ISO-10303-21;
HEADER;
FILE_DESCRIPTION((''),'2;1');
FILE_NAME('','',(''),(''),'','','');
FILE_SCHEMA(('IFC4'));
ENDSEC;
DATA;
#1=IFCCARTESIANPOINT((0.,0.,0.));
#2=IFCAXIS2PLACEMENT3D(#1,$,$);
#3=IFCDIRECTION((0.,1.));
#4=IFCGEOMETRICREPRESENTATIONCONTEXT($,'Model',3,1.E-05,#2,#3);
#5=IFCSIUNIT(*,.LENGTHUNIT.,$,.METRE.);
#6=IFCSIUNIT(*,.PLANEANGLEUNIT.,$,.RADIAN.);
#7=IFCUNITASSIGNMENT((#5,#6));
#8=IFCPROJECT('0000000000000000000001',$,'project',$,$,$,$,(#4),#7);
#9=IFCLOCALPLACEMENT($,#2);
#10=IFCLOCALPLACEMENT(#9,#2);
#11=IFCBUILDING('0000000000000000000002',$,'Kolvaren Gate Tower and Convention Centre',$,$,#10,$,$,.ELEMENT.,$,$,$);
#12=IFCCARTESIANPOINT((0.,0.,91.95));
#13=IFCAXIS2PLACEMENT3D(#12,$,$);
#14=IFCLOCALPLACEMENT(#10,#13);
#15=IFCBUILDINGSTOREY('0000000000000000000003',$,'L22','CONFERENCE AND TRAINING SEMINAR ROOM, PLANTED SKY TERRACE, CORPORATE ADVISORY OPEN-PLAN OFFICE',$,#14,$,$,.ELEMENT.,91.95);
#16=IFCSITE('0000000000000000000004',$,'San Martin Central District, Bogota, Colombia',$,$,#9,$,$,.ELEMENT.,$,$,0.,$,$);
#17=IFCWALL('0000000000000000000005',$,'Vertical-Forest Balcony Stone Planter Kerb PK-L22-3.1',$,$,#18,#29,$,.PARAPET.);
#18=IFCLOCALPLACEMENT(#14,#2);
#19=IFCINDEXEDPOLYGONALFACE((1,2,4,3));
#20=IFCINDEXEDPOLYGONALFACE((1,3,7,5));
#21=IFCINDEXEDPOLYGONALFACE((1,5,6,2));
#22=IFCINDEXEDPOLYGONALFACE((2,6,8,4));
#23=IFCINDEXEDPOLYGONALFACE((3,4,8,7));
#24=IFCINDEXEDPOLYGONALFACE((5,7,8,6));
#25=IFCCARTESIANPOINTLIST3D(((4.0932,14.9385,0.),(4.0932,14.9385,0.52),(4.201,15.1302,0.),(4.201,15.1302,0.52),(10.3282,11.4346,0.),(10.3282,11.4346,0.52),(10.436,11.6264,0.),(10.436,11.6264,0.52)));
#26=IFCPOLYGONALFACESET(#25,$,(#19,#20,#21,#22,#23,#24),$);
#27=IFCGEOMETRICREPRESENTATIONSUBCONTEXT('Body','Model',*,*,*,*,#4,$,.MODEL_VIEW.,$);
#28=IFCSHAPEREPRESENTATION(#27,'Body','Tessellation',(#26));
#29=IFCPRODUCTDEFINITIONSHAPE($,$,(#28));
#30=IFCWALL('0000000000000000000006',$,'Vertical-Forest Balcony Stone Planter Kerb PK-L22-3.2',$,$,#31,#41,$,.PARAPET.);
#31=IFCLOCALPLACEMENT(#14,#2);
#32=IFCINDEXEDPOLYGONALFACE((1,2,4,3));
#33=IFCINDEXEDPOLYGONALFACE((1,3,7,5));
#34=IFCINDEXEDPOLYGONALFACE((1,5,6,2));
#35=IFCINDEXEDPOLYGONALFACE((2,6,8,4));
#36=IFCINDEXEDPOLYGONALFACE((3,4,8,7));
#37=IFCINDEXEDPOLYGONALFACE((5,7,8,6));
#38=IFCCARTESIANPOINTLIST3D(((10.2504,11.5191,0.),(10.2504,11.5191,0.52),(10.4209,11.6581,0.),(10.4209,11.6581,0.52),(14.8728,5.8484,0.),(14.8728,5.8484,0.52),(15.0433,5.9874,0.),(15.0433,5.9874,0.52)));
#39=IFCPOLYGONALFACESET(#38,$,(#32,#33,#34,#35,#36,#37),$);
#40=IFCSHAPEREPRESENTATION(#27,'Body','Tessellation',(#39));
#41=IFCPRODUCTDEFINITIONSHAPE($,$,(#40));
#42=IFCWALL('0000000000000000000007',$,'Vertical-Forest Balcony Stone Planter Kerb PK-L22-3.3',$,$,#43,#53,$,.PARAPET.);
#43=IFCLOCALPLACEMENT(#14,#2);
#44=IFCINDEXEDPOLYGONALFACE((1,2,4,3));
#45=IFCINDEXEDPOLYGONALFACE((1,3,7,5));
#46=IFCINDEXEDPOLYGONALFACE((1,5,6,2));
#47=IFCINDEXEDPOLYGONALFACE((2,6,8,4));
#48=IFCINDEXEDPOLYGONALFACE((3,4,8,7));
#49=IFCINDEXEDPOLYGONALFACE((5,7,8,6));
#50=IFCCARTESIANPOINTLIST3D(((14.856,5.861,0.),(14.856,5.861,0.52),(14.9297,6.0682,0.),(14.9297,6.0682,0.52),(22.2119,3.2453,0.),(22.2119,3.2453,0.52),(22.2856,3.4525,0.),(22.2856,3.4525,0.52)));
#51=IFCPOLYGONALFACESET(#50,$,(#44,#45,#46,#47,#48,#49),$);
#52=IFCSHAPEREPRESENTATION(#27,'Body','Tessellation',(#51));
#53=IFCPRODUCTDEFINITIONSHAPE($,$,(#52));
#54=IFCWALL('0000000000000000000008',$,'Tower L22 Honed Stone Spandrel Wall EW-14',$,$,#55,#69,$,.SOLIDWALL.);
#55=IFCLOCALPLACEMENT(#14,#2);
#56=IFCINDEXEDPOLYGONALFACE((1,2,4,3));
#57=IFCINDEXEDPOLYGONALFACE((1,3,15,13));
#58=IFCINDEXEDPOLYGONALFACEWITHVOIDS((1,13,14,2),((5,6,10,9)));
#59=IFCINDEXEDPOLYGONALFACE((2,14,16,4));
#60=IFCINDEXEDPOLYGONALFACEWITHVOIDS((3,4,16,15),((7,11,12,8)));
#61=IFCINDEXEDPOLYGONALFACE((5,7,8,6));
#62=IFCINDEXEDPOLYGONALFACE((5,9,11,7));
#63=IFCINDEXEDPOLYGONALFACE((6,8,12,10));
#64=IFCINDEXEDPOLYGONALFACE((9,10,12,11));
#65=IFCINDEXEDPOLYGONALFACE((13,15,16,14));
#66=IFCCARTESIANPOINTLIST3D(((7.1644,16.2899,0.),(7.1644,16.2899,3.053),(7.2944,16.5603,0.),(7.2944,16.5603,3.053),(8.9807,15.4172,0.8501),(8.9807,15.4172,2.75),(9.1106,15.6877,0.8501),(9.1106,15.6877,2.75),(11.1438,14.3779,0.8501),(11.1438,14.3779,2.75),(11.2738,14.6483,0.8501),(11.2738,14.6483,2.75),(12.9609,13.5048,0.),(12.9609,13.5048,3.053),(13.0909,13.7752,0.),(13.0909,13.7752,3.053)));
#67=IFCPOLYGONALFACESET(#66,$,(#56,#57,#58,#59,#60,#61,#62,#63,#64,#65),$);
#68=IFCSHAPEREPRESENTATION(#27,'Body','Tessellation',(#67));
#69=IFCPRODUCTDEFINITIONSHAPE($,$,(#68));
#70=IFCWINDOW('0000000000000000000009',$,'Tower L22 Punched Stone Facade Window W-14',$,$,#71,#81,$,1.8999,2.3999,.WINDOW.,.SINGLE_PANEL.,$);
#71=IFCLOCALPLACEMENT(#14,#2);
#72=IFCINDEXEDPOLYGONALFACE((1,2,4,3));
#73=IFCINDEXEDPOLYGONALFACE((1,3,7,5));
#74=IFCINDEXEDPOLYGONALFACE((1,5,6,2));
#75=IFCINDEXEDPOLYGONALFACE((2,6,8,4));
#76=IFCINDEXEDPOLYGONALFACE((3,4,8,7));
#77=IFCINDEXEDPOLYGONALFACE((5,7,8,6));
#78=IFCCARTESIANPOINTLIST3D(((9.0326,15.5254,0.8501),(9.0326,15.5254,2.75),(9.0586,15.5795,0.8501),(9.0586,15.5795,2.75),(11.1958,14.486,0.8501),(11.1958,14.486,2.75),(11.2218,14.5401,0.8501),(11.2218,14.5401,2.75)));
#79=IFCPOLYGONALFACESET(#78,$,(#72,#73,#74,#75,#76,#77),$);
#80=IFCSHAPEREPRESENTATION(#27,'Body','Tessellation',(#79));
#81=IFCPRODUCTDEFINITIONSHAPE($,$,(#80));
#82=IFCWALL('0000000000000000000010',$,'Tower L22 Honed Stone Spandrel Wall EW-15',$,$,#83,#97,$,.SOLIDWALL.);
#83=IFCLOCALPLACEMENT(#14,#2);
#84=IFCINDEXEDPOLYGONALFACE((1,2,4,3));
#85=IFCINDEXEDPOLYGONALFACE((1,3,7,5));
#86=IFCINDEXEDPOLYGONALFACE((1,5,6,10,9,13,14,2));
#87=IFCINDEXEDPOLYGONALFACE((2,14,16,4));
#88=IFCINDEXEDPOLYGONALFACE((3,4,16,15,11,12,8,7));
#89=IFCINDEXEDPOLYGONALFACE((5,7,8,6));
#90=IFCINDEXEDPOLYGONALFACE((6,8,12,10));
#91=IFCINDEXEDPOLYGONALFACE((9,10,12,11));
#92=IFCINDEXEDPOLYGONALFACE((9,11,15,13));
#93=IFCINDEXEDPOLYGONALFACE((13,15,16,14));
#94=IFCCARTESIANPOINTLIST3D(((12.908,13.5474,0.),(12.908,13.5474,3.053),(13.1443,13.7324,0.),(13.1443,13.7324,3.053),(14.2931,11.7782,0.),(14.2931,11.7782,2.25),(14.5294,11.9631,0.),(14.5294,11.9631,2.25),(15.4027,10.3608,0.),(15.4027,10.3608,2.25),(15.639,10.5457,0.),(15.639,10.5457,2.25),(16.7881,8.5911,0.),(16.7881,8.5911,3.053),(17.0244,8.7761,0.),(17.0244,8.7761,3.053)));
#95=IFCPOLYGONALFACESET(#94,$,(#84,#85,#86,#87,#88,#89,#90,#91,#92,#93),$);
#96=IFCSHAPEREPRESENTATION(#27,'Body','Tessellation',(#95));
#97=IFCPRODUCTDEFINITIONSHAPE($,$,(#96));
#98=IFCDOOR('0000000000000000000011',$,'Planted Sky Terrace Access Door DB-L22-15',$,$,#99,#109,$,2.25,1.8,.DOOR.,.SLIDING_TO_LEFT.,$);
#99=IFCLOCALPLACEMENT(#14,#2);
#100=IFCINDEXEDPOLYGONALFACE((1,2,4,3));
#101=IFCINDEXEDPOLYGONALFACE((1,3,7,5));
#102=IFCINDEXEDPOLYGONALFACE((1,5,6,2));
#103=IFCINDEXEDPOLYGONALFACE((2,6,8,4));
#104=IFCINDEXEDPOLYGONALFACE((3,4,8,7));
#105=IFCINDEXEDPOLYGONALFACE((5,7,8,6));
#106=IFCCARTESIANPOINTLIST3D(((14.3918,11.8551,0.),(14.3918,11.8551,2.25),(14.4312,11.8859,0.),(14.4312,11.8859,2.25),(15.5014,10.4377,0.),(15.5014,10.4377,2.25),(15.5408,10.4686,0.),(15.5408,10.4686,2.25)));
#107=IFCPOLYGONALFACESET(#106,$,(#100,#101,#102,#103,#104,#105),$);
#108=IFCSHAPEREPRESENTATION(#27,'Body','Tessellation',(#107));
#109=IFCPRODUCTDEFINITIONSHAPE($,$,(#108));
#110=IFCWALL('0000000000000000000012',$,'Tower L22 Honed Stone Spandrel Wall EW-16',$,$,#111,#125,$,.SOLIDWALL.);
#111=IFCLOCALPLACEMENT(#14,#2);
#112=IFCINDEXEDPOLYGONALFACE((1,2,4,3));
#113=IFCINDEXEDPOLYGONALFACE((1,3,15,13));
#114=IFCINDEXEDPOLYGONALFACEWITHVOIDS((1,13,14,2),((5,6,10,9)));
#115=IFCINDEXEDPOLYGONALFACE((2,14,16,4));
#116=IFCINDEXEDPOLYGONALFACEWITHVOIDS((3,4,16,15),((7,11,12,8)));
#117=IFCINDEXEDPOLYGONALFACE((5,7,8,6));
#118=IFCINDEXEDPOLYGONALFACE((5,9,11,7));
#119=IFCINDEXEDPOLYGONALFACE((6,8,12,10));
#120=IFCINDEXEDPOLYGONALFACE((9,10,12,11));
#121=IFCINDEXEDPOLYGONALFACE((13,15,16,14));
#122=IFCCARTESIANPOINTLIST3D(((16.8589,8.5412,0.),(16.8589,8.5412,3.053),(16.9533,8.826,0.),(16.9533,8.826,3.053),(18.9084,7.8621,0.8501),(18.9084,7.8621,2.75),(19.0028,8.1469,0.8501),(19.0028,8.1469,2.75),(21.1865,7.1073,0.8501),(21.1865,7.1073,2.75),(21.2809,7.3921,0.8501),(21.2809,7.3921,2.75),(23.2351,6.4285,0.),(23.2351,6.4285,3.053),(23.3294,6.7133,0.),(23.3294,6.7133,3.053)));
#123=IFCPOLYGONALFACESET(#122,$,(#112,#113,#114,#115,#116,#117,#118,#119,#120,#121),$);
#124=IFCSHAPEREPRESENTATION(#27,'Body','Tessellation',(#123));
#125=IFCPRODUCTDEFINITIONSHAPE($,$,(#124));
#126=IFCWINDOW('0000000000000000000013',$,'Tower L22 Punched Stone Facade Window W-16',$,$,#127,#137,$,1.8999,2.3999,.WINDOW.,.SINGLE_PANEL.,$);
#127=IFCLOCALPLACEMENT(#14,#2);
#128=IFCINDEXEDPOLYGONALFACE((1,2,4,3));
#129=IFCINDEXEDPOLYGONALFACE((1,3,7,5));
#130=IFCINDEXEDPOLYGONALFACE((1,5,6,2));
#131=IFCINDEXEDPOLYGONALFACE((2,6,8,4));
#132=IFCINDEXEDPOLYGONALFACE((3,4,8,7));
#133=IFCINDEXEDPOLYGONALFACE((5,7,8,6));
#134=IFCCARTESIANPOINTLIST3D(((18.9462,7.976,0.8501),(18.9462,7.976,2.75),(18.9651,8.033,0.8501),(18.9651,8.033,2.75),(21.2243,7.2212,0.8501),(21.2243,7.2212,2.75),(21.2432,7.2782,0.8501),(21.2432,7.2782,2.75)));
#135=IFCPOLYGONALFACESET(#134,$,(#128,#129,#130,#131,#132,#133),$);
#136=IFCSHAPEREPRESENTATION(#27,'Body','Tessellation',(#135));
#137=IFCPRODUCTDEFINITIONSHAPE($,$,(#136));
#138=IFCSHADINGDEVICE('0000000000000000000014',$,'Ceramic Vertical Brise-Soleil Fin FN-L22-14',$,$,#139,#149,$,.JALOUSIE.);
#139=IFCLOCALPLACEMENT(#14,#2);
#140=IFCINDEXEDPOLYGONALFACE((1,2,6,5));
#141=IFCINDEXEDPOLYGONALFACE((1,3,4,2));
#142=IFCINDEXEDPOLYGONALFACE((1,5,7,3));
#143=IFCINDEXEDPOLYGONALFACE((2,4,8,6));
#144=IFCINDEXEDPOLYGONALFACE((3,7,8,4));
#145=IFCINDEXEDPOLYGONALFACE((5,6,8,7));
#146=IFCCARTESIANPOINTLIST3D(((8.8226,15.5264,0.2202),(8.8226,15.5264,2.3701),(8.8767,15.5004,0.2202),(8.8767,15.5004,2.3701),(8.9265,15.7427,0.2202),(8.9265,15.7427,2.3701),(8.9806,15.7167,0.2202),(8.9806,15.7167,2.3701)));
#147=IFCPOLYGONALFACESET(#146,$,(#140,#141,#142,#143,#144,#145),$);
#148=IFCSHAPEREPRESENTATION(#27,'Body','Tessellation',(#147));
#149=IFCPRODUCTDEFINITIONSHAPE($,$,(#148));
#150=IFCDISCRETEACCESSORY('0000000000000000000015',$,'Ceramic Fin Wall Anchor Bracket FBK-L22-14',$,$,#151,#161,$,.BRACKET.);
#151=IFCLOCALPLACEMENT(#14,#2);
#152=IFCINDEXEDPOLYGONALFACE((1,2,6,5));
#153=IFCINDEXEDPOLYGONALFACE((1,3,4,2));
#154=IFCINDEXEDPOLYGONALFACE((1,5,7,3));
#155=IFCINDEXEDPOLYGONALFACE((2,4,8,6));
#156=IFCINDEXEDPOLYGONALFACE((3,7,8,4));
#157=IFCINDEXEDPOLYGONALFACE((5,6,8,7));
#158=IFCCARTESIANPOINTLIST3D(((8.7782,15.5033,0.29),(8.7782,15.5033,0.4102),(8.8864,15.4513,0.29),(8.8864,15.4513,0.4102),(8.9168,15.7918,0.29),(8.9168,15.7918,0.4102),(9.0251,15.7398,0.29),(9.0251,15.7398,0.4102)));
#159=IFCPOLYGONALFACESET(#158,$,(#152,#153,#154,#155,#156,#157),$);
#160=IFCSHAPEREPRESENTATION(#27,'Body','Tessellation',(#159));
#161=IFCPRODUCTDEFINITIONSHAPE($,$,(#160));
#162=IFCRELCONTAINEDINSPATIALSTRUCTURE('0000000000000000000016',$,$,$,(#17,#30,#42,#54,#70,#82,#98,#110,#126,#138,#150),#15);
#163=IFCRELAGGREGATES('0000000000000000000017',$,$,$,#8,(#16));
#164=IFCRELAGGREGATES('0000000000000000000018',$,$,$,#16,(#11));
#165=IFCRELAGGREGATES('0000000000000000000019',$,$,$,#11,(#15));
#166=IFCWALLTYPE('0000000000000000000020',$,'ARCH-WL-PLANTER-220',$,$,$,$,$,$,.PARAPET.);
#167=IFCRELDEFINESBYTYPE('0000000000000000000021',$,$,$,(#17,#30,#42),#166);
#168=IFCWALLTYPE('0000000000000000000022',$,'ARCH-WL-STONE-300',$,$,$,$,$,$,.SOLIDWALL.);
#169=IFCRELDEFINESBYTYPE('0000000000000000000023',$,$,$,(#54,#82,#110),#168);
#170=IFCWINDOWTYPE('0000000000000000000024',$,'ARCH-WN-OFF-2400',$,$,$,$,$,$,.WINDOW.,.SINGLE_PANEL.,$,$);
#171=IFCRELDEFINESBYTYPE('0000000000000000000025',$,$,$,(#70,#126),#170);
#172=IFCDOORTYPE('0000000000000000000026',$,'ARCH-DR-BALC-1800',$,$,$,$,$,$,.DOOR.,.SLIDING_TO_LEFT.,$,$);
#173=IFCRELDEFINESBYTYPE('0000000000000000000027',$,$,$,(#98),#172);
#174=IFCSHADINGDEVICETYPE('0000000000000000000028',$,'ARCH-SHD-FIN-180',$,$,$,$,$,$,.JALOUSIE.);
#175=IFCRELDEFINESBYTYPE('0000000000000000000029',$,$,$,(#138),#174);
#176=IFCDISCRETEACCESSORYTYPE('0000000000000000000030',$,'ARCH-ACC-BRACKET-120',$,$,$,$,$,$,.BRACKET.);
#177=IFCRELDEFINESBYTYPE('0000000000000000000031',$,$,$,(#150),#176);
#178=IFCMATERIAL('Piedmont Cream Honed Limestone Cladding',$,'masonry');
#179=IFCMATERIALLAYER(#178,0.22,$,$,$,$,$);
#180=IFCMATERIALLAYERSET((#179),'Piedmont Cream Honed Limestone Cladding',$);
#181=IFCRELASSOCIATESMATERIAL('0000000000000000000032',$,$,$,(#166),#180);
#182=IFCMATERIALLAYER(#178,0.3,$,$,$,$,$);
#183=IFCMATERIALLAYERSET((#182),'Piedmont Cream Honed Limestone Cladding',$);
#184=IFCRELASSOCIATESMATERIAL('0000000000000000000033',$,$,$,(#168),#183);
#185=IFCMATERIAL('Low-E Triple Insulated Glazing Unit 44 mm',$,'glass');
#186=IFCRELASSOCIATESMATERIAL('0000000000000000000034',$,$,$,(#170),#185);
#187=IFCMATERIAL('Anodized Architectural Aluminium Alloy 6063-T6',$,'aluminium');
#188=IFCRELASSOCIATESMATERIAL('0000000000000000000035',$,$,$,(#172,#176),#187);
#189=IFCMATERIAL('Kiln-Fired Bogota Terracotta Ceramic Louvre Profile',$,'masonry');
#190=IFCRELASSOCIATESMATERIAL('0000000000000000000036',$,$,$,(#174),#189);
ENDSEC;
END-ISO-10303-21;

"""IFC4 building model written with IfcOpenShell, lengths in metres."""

from ifc_helpers import new_model, si_unit, direction, frame, frame_2d, origin, origin_2d, place, context, subcontext, project, spatial, rectangle, extrude, material, layer, layer_set, type_object, element, fill, save


model = new_model("IFC4")

# Units and contexts
model_context = context("Model", 3, precision=1e-05, world=origin(), true_north=direction((0.0, 1.0)))
body_context = subcontext(model_context, "Body", "Model", "MODEL_VIEW")
ifc_project = project(units=[si_unit("LENGTHUNIT", "METRE"), si_unit("PLANEANGLEUNIT", "RADIAN")], contexts=[model_context])

# Site, building, storey
site_placement = place(None, origin())
site = spatial("IfcSite", under=ifc_project, at=site_placement, Name="San Martin Central District, Bogota, Colombia", CompositionType="ELEMENT", RefElevation=0.0)
building_placement = place(site_placement, origin())
building = spatial("IfcBuilding", under=site, at=building_placement, Name="Kolvaren Gate Tower and Convention Centre", CompositionType="ELEMENT")
storey_placement = place(building_placement, frame((0.0, 0.0, 91.95)))
storey = spatial("IfcBuildingStorey", under=building, at=storey_placement, Name="L22", Description="CONFERENCE AND TRAINING SEMINAR ROOM, PLANTED SKY TERRACE, CORPORATE ADVISORY OPEN-PLAN OFFICE", CompositionType="ELEMENT", Elevation=91.95)

# Walls
ifc_material_1 = material(Name="Piedmont Cream Honed Limestone Cladding", Category="masonry")
ifc_layer_1 = layer(ifc_material_1, 0.22)
ifc_layer_set_1 = layer_set([ifc_layer_1], Name="Piedmont Cream Honed Limestone Cladding")
wall_type_1 = type_object("IfcWallType", Name="ARCH-WL-PLANTER-220", PredefinedType="PARAPET", material=ifc_layer_set_1)
wall_1_placement = place(storey_placement, frame((4.147, 15.0344, 0.0), z_axis=(0.0, 0.0, 1.0), x_axis=(0.871775, -0.489906, 0.0)))
element("IfcWall", 1, at=wall_1_placement, inside=storey, type_object=wall_type_1, Name="Vertical-Forest Balcony Stone Planter Kerb PK-L22-3.1", PredefinedType="PARAPET", context=body_context, shape_type="SweptSolid", body=[
    extrude(rectangle(XDim=7.1521, YDim=0.22, at=frame_2d((3.5762, 0.0))), origin(), (0.0, 0.0, 1.0), 0.52),
])
wall_2_placement = place(storey_placement, frame((10.3357, 11.5886, 0.0), z_axis=(0.0, 0.0, 1.0), x_axis=(0.631819, -0.775116, 0.0)))
element("IfcWall", 2, at=wall_2_placement, inside=storey, type_object=wall_type_1, Name="Vertical-Forest Balcony Stone Planter Kerb PK-L22-3.2", PredefinedType="PARAPET", context=body_context, shape_type="SweptSolid", body=[
    extrude(rectangle(XDim=7.3159, YDim=0.22, at=frame_2d((3.658, 0.0))), origin(), (0.0, 0.0, 1.0), 0.52),
])
wall_3_placement = place(storey_placement, frame((14.8928, 5.9646, 0.0), z_axis=(0.0, 0.0, 1.0), x_axis=(0.942204, -0.335041, 0.0)))
element("IfcWall", 3, at=wall_3_placement, inside=storey, type_object=wall_type_1, Name="Vertical-Forest Balcony Stone Planter Kerb PK-L22-3.3", PredefinedType="PARAPET", context=body_context, shape_type="SweptSolid", body=[
    extrude(rectangle(XDim=7.8071, YDim=0.22, at=frame_2d((3.9036, 0.0))), origin(), (0.0, 0.0, 1.0), 0.52),
])

# Wall, opening, window
ifc_layer_2 = layer(ifc_material_1, 0.3)
ifc_layer_set_2 = layer_set([ifc_layer_2], Name="Piedmont Cream Honed Limestone Cladding")
wall_type_2 = type_object("IfcWallType", Name="ARCH-WL-STONE-300", PredefinedType="SOLIDWALL", material=ifc_layer_set_2)
wall_4_placement = place(storey_placement, frame((7.2295, 16.425, 0.0), z_axis=(0.0, 0.0, 1.0), x_axis=(0.901355, -0.433082, 0.0)))
wall_4 = element("IfcWall", 4, at=wall_4_placement, inside=storey, type_object=wall_type_2, Name="Tower L22 Honed Stone Spandrel Wall EW-14", PredefinedType="SOLIDWALL", context=body_context, shape_type="SweptSolid", body=[
    extrude(rectangle(XDim=6.4309, YDim=0.3, at=frame_2d((3.2153, 0.0))), origin(), (0.0, 0.0, 1.0), 3.053),
])
opening_1_placement = place(wall_4_placement, frame((2.0149, 0.0, 0.8501)))
opening_1 = element("IfcOpeningElement", 5, at=opening_1_placement, cuts=wall_4, PredefinedType="OPENING", context=body_context, shape_type="SweptSolid", body=[
    extrude(rectangle(XDim=2.3999, YDim=1.8999, at=frame_2d((1.2, 0.95))), frame((0.0, 0.1599, 0.0), z_axis=(0.0, -1.0, 0.0), x_axis=(1.0, 0.0, 0.0)), (0.0, 0.0, 1.0), 0.3201),
])
ifc_material_2 = material(Name="Low-E Triple Insulated Glazing Unit 44 mm", Category="glass")
window_type = type_object("IfcWindowType", Name="ARCH-WN-OFF-2400", PartitioningType="SINGLE_PANEL", PredefinedType="WINDOW", material=ifc_material_2)
window_1_placement = place(opening_1_placement, origin())
window_1 = element("IfcWindow", 6, at=window_1_placement, inside=storey, type_object=window_type, Name="Tower L22 Punched Stone Facade Window W-14", OverallHeight=1.8999, OverallWidth=2.3999, PartitioningType="SINGLE_PANEL", PredefinedType="WINDOW", context=body_context, shape_type="SweptSolid", body=[
    extrude(rectangle(XDim=2.3999, YDim=1.8999, at=frame_2d((1.2, 0.95))), frame((0.0, 0.03, 0.0), z_axis=(0.0, -1.0, 0.0), x_axis=(1.0, 0.0, 0.0)), (0.0, 0.0, 1.0), 0.0601),
])
fill(opening_1, window_1)

# Wall, opening, door
wall_5_placement = place(storey_placement, frame((13.0261, 13.6399, 0.0), z_axis=(0.0, 0.0, 1.0), x_axis=(0.616435, -0.787406, 0.0)))
wall_5 = element("IfcWall", 7, at=wall_5_placement, inside=storey, type_object=wall_type_2, Name="Tower L22 Honed Stone Spandrel Wall EW-15", PredefinedType="SOLIDWALL", context=body_context, shape_type="SweptSolid", body=[
    extrude(rectangle(XDim=6.2944, YDim=0.3, at=frame_2d((3.1472, 0.0))), origin(), (0.0, 0.0, 1.0), 3.053),
])
opening_2_placement = place(wall_5_placement, frame((2.2471, 0.0, 0.0)))
opening_2 = element("IfcOpeningElement", 8, at=opening_2_placement, cuts=wall_5, PredefinedType="OPENING", context=body_context, shape_type="SweptSolid", body=[
    extrude(rectangle(XDim=1.8, YDim=2.25, at=frame_2d((0.8999, 1.125))), frame((0.0, 0.1599, 0.0), z_axis=(0.0, -1.0, 0.0), x_axis=(1.0, 0.0, 0.0)), (0.0, 0.0, 1.0), 0.3201),
])
ifc_material_3 = material(Name="Anodized Architectural Aluminium Alloy 6063-T6", Category="aluminium")
door_type = type_object("IfcDoorType", Name="ARCH-DR-BALC-1800", OperationType="SLIDING_TO_LEFT", PredefinedType="DOOR", material=ifc_material_3)
door_placement = place(opening_2_placement, frame((1.8, 0.0, 0.0), z_axis=(0.0, 0.0, 1.0), x_axis=(-1.0, 0.0, 0.0)))
door = element("IfcDoor", 9, at=door_placement, inside=storey, type_object=door_type, Name="Planted Sky Terrace Access Door DB-L22-15", OperationType="SLIDING_TO_LEFT", OverallHeight=2.25, OverallWidth=1.8, PredefinedType="DOOR", context=body_context, shape_type="SweptSolid", body=[
    extrude(rectangle(XDim=1.8, YDim=2.25, at=frame_2d((0.8999, 1.125))), frame((0.0, 0.0249, 0.0), z_axis=(0.0, -1.0, 0.0), x_axis=(1.0, 0.0, 0.0)), (0.0, 0.0, 1.0), 0.05),
])
fill(opening_2, door)

# Wall, opening, window
wall_6_placement = place(storey_placement, frame((16.9062, 8.6836, 0.0), z_axis=(0.0, 0.0, 1.0), x_axis=(0.949245, -0.314537, 0.0)))
wall_6 = element("IfcWall", 10, at=wall_6_placement, inside=storey, type_object=wall_type_2, Name="Tower L22 Honed Stone Spandrel Wall EW-16", PredefinedType="SOLIDWALL", context=body_context, shape_type="SweptSolid", body=[
    extrude(rectangle(XDim=6.717, YDim=0.3, at=frame_2d((3.3584, 0.0))), origin(), (0.0, 0.0, 1.0), 3.053),
])
opening_3_placement = place(wall_6_placement, frame((2.1589, 0.0, 0.8501)))
opening_3 = element("IfcOpeningElement", 11, at=opening_3_placement, cuts=wall_6, PredefinedType="OPENING", context=body_context, shape_type="SweptSolid", body=[
    extrude(rectangle(XDim=2.3999, YDim=1.8999, at=frame_2d((1.2, 0.95))), frame((0.0, 0.1599, 0.0), z_axis=(0.0, -1.0, 0.0), x_axis=(1.0, 0.0, 0.0)), (0.0, 0.0, 1.0), 0.3201),
])
window_2_placement = place(opening_3_placement, origin())
window_2 = element("IfcWindow", 12, at=window_2_placement, inside=storey, type_object=window_type, Name="Tower L22 Punched Stone Facade Window W-16", OverallHeight=1.8999, OverallWidth=2.3999, PartitioningType="SINGLE_PANEL", PredefinedType="WINDOW", context=body_context, shape_type="SweptSolid", body=[
    extrude(rectangle(XDim=2.3999, YDim=1.8999, at=frame_2d((1.2, 0.95))), frame((0.0, 0.03, 0.0), z_axis=(0.0, -1.0, 0.0), x_axis=(1.0, 0.0, 0.0)), (0.0, 0.0, 1.0), 0.0601),
])
fill(opening_3, window_2)

# Shading device
ifc_material_4 = material(Name="Kiln-Fired Bogota Terracotta Ceramic Louvre Profile", Category="masonry")
shading_device_type = type_object("IfcShadingDeviceType", Name="ARCH-SHD-FIN-180", PredefinedType="JALOUSIE", material=ifc_material_4)
shading_device_placement = place(storey_placement, frame((8.9016, 15.6216, 0.2202), z_axis=(0.0, 0.0, 1.0), x_axis=(0.901358, -0.433076, 0.0)))
element("IfcShadingDevice", 13, at=shading_device_placement, inside=storey, type_object=shading_device_type, Name="Ceramic Vertical Brise-Soleil Fin FN-L22-14", PredefinedType="JALOUSIE", context=body_context, shape_type="SweptSolid", body=[
    extrude(rectangle(XDim=0.0601, YDim=0.24, at=origin_2d()), origin(), (0.0, 0.0, 1.0), 2.1499),
])

# Discrete accessory
discrete_accessory_type = type_object("IfcDiscreteAccessoryType", Name="ARCH-ACC-BRACKET-120", PredefinedType="BRACKET", material=ifc_material_3)
discrete_accessory_placement = place(storey_placement, frame((8.9016, 15.6216, 0.29), z_axis=(0.0, 0.0, 1.0), x_axis=(0.901358, -0.433076, 0.0)))
element("IfcDiscreteAccessory", 14, at=discrete_accessory_placement, inside=storey, type_object=discrete_accessory_type, Name="Ceramic Fin Wall Anchor Bracket FBK-L22-14", PredefinedType="BRACKET", context=body_context, shape_type="SweptSolid", body=[
    extrude(rectangle(XDim=0.1201, YDim=0.3201, at=origin_2d()), origin(), (0.0, 0.0, 1.0), 0.1201),
])

save(model, "model.ifc")
